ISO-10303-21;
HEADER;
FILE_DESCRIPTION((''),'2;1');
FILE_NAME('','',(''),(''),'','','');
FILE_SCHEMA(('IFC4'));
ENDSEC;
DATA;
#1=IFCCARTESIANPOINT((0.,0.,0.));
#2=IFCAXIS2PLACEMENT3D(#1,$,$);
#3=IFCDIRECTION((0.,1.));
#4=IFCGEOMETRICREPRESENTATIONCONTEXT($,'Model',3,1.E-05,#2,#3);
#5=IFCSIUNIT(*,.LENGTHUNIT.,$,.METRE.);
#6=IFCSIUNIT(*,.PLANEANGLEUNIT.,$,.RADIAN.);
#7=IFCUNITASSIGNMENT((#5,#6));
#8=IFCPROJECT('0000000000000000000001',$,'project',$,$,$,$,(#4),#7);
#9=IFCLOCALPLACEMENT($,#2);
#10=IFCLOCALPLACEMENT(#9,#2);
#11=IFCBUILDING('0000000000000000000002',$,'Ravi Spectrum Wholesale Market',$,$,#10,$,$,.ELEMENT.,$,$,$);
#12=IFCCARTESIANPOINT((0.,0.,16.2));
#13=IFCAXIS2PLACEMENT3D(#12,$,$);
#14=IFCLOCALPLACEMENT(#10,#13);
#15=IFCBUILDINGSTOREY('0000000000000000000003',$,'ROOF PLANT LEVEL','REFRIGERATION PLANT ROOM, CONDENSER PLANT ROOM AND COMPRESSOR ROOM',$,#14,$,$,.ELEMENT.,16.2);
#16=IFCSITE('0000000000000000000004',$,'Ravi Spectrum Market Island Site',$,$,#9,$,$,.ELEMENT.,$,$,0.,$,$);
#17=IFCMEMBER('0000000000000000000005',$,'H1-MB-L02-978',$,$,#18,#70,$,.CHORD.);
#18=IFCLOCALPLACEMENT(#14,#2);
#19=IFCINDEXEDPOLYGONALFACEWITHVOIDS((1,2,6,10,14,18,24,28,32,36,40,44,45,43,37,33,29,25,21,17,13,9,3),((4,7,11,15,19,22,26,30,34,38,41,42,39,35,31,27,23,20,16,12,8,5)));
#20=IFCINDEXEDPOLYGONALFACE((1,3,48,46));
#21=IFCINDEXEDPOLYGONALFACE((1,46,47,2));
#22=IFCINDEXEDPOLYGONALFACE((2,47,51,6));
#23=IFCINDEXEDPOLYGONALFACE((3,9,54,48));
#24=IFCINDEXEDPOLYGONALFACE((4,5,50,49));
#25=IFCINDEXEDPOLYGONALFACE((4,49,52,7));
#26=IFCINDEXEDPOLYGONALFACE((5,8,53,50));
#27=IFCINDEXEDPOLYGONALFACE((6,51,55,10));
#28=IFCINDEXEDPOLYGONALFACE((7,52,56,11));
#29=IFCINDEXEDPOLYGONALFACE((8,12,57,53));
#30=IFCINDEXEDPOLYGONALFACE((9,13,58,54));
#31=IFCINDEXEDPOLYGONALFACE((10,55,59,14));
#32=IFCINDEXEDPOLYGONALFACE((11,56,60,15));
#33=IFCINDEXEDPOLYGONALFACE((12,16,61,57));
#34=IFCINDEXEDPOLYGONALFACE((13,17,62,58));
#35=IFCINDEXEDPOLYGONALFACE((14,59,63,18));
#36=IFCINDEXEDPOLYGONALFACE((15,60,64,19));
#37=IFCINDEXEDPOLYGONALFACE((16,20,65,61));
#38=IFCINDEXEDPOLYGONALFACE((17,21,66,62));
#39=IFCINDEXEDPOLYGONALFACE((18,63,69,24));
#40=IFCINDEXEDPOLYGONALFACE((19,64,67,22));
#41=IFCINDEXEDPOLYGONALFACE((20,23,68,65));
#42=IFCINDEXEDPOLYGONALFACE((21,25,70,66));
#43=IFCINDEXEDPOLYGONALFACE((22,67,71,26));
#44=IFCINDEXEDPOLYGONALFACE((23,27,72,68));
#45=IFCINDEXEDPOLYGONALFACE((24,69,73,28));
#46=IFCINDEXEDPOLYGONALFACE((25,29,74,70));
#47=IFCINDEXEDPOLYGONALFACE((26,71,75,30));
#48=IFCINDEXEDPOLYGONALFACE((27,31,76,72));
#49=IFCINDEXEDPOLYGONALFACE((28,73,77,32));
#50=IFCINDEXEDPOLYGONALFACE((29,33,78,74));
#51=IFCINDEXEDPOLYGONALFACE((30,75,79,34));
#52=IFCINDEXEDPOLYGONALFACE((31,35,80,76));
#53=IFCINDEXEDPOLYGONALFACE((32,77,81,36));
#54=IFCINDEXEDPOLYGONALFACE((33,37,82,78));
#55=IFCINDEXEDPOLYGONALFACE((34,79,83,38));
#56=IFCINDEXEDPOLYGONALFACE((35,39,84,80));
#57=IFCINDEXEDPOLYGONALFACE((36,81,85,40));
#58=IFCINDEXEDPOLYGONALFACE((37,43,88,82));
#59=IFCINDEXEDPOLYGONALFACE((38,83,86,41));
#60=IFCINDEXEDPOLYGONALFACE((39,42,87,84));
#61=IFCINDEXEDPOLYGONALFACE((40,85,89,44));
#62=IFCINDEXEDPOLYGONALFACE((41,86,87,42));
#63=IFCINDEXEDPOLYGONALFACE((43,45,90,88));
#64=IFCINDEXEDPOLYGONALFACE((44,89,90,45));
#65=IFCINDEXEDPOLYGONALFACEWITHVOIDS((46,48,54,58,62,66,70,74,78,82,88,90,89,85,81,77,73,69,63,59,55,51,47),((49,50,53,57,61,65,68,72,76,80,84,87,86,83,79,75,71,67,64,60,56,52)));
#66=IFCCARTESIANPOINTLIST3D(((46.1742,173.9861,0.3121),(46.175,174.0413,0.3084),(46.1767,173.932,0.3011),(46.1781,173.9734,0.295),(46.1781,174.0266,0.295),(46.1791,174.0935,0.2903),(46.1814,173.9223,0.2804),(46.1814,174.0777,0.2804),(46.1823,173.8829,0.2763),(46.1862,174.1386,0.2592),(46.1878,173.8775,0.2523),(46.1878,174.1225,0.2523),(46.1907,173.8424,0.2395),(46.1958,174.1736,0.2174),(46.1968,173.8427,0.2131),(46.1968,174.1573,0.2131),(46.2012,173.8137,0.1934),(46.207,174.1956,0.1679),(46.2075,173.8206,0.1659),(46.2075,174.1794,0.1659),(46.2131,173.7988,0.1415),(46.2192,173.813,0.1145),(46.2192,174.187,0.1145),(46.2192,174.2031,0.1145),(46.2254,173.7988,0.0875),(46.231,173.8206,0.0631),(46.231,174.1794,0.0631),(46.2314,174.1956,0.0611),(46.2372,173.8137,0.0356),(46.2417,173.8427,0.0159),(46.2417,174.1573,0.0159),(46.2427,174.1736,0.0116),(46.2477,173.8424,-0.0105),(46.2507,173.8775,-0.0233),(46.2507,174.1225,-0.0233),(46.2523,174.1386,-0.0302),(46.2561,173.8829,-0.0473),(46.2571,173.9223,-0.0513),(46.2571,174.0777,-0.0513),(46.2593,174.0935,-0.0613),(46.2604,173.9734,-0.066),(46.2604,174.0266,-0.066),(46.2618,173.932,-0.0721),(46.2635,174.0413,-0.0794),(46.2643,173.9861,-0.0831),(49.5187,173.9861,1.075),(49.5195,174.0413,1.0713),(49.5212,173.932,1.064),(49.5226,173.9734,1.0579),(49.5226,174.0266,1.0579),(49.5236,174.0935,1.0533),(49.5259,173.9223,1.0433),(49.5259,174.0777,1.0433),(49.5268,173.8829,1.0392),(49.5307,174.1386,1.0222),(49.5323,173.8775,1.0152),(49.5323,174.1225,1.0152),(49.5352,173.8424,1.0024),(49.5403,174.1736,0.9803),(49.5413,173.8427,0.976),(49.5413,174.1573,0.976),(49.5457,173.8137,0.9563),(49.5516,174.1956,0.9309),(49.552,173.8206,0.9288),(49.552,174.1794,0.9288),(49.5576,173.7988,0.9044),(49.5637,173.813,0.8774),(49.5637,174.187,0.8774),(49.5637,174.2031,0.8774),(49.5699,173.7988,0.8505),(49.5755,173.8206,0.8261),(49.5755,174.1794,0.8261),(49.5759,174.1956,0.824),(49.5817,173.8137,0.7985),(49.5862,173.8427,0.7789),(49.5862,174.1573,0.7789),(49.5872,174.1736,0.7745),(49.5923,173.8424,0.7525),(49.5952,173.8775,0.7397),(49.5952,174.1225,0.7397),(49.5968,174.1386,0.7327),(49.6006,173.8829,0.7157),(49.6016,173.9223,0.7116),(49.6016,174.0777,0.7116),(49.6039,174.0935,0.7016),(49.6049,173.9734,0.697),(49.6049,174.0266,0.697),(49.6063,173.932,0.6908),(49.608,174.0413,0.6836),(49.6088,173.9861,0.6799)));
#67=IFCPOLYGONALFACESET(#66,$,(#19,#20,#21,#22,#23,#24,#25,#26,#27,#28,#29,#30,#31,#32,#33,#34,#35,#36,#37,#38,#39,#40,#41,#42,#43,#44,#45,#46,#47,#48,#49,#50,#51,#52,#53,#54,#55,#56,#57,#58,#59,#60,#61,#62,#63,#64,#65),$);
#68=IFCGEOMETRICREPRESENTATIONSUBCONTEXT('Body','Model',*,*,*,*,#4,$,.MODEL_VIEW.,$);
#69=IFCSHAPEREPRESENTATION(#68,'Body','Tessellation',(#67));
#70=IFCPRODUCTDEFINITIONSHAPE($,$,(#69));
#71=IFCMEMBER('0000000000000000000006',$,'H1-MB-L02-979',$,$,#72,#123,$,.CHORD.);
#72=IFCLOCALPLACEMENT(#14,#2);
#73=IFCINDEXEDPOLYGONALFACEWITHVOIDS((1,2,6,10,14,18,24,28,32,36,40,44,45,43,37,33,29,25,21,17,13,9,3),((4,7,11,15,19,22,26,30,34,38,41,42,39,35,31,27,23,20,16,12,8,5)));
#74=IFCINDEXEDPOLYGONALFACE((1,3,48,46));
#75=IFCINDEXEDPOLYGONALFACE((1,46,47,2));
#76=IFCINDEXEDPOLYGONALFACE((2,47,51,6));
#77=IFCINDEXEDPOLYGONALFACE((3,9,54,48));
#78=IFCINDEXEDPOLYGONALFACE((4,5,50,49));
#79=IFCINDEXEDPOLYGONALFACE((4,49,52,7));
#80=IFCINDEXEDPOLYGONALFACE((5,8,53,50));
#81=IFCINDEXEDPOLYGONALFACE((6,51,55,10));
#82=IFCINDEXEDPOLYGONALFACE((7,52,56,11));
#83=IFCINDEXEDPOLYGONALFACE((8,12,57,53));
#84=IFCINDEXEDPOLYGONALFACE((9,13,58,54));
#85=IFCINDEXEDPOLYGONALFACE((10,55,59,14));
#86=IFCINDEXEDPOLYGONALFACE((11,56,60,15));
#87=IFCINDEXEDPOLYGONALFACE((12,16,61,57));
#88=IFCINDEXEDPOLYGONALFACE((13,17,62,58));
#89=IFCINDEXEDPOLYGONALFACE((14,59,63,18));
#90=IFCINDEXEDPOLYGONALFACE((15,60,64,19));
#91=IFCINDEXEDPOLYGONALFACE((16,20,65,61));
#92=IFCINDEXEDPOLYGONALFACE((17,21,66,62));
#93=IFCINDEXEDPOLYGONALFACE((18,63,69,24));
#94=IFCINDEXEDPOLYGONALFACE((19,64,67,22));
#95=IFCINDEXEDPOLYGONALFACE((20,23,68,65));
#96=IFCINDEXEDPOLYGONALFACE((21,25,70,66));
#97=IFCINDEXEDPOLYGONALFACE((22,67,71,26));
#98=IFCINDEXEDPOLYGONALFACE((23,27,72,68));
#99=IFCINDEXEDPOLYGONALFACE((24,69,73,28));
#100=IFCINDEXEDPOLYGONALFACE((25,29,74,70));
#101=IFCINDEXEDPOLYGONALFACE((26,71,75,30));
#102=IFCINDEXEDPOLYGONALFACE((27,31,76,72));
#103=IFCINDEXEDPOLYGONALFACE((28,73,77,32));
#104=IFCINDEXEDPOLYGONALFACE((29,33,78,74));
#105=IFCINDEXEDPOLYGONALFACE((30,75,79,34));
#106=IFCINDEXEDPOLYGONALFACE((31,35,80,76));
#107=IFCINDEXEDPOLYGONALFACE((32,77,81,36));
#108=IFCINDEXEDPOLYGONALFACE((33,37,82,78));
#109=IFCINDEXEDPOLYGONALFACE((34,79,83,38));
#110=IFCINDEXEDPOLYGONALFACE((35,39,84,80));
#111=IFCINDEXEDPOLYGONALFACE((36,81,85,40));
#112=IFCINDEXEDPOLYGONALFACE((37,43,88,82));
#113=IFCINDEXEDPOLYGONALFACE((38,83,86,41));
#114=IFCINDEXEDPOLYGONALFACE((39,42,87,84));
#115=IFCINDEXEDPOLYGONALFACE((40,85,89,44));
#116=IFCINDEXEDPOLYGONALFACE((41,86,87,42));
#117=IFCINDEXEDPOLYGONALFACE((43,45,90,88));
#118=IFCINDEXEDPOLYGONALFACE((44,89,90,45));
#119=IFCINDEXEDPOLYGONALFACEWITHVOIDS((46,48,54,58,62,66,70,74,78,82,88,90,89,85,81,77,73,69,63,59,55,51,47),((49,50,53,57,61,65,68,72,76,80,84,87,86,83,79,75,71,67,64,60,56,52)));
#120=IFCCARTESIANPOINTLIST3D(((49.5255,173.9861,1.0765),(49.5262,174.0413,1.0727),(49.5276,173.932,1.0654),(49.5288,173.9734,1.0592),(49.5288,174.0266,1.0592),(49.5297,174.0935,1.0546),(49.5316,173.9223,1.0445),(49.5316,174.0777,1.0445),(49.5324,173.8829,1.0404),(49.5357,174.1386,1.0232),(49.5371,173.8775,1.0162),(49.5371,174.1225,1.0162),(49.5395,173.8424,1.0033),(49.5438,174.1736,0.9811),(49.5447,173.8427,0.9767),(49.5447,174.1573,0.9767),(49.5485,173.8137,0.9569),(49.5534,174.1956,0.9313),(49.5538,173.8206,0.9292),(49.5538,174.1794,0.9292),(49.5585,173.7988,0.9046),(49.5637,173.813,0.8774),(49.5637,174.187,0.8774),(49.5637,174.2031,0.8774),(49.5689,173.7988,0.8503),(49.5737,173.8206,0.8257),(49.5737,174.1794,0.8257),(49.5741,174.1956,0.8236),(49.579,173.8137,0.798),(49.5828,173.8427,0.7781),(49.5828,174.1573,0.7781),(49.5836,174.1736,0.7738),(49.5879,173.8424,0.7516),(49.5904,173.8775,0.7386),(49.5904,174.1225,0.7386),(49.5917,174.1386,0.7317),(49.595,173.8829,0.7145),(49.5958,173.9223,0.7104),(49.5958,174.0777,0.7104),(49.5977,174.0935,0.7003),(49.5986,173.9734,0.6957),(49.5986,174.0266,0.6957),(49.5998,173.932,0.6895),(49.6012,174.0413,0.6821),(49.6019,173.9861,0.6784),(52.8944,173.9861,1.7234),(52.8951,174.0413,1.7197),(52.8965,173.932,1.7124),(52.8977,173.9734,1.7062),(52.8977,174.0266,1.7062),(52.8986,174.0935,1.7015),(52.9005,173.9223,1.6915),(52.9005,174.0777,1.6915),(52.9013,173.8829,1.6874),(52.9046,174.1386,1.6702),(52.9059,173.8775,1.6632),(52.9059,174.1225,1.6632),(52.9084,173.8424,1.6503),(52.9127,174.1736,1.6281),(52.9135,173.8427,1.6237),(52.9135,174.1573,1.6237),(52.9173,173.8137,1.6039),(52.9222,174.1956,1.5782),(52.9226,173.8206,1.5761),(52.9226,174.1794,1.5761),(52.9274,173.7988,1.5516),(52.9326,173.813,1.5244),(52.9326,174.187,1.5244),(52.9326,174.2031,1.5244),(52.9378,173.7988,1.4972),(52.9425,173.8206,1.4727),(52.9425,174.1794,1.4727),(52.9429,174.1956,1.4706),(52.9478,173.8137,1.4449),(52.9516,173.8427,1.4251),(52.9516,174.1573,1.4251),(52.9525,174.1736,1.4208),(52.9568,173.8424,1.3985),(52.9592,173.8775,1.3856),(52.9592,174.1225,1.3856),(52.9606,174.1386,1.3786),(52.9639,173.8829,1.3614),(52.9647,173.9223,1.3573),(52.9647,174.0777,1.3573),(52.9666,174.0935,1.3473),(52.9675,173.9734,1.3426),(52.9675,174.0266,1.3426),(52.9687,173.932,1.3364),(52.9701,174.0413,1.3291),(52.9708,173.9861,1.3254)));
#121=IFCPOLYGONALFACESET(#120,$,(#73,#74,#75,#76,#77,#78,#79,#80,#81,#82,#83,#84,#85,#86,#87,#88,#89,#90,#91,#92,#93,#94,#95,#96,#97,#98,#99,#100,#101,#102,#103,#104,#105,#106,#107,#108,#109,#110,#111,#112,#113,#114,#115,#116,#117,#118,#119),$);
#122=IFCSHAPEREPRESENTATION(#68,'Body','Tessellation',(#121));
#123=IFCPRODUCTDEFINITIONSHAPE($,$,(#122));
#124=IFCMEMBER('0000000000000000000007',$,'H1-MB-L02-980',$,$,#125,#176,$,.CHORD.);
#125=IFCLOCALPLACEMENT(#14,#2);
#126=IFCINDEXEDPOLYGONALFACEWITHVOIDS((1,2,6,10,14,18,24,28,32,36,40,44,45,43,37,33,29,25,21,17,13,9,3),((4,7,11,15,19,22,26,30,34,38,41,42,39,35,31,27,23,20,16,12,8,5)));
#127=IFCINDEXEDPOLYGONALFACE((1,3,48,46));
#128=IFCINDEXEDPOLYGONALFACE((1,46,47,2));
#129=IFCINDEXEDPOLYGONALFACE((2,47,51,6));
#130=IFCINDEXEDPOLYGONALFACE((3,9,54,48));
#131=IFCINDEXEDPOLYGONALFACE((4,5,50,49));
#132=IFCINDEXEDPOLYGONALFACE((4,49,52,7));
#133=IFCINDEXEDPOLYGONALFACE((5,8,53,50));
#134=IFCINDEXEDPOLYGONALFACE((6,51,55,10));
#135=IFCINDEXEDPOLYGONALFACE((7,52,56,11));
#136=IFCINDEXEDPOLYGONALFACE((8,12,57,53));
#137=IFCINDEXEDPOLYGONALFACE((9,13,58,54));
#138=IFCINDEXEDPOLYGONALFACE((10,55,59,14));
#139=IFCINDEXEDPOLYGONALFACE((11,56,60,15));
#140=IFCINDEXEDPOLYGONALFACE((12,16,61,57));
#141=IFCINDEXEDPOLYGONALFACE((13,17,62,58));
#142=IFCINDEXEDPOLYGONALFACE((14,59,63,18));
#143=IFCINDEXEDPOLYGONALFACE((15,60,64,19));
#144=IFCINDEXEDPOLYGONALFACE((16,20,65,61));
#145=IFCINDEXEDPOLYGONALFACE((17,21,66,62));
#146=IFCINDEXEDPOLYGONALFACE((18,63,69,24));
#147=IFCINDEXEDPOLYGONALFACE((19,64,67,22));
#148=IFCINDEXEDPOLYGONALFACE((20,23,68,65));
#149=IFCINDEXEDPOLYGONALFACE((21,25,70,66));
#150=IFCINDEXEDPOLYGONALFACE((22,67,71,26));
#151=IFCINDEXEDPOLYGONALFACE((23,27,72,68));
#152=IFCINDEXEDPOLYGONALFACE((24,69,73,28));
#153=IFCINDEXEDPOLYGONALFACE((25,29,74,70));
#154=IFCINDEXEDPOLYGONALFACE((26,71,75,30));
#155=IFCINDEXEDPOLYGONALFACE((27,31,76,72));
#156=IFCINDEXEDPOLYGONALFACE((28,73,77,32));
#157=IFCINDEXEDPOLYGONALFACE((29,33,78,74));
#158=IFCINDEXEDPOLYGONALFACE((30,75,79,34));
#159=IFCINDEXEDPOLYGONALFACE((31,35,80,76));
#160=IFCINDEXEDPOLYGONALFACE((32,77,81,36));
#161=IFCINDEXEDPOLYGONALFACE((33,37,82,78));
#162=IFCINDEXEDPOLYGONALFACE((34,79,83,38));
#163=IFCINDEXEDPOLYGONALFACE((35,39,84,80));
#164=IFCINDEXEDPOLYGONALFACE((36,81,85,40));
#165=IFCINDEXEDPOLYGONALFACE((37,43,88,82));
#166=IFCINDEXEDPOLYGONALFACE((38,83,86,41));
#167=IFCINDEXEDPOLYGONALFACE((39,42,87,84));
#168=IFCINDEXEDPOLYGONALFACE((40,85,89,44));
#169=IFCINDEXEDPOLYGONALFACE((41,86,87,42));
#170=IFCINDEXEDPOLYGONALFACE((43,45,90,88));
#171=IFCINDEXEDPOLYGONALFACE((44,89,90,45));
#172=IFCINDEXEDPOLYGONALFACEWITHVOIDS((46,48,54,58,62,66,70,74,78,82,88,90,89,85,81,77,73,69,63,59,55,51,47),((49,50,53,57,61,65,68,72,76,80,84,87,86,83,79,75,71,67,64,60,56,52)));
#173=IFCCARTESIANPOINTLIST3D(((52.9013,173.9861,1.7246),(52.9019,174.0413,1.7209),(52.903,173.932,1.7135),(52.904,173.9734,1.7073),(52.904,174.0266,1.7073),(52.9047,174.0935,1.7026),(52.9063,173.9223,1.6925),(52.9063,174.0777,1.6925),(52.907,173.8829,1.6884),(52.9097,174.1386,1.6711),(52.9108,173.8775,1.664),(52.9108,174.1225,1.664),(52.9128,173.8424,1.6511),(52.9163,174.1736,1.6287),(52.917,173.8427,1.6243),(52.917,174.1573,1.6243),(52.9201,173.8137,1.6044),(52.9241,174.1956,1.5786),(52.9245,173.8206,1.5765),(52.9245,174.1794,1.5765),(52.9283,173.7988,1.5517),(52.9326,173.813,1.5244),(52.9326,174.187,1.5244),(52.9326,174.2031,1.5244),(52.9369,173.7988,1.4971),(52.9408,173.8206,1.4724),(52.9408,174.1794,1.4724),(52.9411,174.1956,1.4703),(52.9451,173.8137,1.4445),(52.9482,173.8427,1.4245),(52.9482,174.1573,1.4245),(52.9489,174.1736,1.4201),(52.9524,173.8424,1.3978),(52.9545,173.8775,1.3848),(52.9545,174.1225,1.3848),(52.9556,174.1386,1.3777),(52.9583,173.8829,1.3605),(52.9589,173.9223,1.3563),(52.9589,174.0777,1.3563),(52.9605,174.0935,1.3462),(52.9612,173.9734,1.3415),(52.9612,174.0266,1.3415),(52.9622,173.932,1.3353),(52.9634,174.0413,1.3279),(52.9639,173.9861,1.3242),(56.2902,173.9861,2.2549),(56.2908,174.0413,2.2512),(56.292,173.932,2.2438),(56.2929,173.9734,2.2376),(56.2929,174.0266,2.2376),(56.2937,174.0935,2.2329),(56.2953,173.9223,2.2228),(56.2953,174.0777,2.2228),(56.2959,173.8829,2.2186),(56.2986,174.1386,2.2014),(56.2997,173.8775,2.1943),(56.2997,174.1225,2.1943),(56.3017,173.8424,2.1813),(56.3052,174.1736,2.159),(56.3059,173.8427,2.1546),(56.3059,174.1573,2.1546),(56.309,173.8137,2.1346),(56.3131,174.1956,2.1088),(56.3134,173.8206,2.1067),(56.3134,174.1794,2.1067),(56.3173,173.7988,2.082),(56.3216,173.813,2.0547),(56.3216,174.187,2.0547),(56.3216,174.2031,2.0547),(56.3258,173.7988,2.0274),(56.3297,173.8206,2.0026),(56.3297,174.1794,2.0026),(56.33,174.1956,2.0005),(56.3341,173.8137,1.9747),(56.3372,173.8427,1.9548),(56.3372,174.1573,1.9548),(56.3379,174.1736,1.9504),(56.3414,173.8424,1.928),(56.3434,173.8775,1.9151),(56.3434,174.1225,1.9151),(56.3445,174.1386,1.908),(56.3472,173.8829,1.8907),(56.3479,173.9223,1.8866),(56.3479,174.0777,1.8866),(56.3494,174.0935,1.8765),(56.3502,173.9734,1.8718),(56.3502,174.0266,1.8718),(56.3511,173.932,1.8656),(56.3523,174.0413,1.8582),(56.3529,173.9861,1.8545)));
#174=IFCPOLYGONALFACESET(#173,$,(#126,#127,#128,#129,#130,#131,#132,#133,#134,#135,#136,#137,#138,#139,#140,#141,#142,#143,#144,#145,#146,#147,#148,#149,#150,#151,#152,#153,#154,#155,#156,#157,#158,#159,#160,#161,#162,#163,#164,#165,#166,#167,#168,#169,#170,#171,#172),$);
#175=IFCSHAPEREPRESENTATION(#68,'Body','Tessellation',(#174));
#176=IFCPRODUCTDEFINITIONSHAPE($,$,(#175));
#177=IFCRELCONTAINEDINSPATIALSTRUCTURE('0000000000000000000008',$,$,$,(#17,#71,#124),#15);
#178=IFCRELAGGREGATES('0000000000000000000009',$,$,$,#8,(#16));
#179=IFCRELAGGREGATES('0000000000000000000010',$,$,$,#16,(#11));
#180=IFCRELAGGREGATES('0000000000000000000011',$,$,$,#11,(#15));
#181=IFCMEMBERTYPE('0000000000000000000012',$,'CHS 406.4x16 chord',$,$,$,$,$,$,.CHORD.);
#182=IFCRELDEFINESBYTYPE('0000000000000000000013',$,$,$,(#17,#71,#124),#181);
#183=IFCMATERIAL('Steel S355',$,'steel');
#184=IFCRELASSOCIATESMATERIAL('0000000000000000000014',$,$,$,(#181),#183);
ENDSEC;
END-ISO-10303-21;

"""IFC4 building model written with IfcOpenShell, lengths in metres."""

from ifc_helpers import new_model, si_unit, direction, frame, origin, origin_2d, place, context, subcontext, project, spatial, hollow_circle, extrude, material, material_profile, profile_set, type_object, element, save


model = new_model("IFC4")

# Units and contexts
model_context = context("Model", 3, precision=1e-05, world=origin(), true_north=direction((0.0, 1.0)))
body_context = subcontext(model_context, "Body", "Model", "MODEL_VIEW")
ifc_project = project(units=[si_unit("LENGTHUNIT", "METRE"), si_unit("PLANEANGLEUNIT", "RADIAN")], contexts=[model_context])

# Site, building, storey
site_placement = place(None, origin())
site = spatial("IfcSite", under=ifc_project, at=site_placement, Name="Ravi Spectrum Market Island Site", CompositionType="ELEMENT", RefElevation=0.0)
building_placement = place(site_placement, origin())
building = spatial("IfcBuilding", under=site, at=building_placement, Name="Ravi Spectrum Wholesale Market", CompositionType="ELEMENT")
storey_placement = place(building_placement, frame((0.0, 0.0, 16.2)))
storey = spatial("IfcBuildingStorey", under=building, at=storey_placement, Name="ROOF PLANT LEVEL", Description="REFRIGERATION PLANT ROOM, CONDENSER PLANT ROOM AND COMPRESSOR ROOM", CompositionType="ELEMENT", Elevation=16.2)

# Members
ifc_material_1 = material(Name="Steel S355", Category="steel")
ifc_material_profile_1 = material_profile(ifc_material_1, hollow_circle(Radius=0.2031, WallThickness=0.0161, at=origin_2d()))
ifc_profile_set_1 = profile_set([ifc_material_profile_1], Name="Steel S355")
member_type_1 = type_object("IfcMemberType", Name="CHS 406.4x16 chord", PredefinedType="CHORD", material=ifc_profile_set_1)
for number, where, z_axis, x_axis, name in (
    (1, (46.2192, 174.0, 0.1145), (0.974954, 0.0, 0.222405), (0.0, 1.0, 0.0), "H1-MB-L02-978"),
    (2, (49.5637, 174.0, 0.8774), (0.982055, 0.0, 0.188597), (0.0, 1.0, 0.0), "H1-MB-L02-979"),
):
    element("IfcMember", number, at=place(storey_placement, frame(where, z_axis=z_axis, x_axis=x_axis)), inside=storey, type_object=member_type_1, Name=name, PredefinedType="CHORD", context=body_context, shape_type="SweptSolid", body=[
        extrude(hollow_circle(Radius=0.2031, WallThickness=0.0161, at=origin_2d()), origin(), (0.0, 0.0, 1.0), 3.4304),
    ])
for number, where, z_axis, x_axis, name in (
    (3, (52.9326, 174.0, 1.5244), (0.987978, 0.0, 0.154592), (0.0, 1.0, 0.0), "H1-MB-L02-980"),
):
    element("IfcMember", number, at=place(storey_placement, frame(where, z_axis=z_axis, x_axis=x_axis)), inside=storey, type_object=member_type_1, Name=name, PredefinedType="CHORD", context=body_context, shape_type="SweptSolid", body=[
        extrude(hollow_circle(Radius=0.2031, WallThickness=0.0161, at=origin_2d()), origin(), (0.0, 0.0, 1.0), 3.4302),
    ])

save(model, "model.ifc")
